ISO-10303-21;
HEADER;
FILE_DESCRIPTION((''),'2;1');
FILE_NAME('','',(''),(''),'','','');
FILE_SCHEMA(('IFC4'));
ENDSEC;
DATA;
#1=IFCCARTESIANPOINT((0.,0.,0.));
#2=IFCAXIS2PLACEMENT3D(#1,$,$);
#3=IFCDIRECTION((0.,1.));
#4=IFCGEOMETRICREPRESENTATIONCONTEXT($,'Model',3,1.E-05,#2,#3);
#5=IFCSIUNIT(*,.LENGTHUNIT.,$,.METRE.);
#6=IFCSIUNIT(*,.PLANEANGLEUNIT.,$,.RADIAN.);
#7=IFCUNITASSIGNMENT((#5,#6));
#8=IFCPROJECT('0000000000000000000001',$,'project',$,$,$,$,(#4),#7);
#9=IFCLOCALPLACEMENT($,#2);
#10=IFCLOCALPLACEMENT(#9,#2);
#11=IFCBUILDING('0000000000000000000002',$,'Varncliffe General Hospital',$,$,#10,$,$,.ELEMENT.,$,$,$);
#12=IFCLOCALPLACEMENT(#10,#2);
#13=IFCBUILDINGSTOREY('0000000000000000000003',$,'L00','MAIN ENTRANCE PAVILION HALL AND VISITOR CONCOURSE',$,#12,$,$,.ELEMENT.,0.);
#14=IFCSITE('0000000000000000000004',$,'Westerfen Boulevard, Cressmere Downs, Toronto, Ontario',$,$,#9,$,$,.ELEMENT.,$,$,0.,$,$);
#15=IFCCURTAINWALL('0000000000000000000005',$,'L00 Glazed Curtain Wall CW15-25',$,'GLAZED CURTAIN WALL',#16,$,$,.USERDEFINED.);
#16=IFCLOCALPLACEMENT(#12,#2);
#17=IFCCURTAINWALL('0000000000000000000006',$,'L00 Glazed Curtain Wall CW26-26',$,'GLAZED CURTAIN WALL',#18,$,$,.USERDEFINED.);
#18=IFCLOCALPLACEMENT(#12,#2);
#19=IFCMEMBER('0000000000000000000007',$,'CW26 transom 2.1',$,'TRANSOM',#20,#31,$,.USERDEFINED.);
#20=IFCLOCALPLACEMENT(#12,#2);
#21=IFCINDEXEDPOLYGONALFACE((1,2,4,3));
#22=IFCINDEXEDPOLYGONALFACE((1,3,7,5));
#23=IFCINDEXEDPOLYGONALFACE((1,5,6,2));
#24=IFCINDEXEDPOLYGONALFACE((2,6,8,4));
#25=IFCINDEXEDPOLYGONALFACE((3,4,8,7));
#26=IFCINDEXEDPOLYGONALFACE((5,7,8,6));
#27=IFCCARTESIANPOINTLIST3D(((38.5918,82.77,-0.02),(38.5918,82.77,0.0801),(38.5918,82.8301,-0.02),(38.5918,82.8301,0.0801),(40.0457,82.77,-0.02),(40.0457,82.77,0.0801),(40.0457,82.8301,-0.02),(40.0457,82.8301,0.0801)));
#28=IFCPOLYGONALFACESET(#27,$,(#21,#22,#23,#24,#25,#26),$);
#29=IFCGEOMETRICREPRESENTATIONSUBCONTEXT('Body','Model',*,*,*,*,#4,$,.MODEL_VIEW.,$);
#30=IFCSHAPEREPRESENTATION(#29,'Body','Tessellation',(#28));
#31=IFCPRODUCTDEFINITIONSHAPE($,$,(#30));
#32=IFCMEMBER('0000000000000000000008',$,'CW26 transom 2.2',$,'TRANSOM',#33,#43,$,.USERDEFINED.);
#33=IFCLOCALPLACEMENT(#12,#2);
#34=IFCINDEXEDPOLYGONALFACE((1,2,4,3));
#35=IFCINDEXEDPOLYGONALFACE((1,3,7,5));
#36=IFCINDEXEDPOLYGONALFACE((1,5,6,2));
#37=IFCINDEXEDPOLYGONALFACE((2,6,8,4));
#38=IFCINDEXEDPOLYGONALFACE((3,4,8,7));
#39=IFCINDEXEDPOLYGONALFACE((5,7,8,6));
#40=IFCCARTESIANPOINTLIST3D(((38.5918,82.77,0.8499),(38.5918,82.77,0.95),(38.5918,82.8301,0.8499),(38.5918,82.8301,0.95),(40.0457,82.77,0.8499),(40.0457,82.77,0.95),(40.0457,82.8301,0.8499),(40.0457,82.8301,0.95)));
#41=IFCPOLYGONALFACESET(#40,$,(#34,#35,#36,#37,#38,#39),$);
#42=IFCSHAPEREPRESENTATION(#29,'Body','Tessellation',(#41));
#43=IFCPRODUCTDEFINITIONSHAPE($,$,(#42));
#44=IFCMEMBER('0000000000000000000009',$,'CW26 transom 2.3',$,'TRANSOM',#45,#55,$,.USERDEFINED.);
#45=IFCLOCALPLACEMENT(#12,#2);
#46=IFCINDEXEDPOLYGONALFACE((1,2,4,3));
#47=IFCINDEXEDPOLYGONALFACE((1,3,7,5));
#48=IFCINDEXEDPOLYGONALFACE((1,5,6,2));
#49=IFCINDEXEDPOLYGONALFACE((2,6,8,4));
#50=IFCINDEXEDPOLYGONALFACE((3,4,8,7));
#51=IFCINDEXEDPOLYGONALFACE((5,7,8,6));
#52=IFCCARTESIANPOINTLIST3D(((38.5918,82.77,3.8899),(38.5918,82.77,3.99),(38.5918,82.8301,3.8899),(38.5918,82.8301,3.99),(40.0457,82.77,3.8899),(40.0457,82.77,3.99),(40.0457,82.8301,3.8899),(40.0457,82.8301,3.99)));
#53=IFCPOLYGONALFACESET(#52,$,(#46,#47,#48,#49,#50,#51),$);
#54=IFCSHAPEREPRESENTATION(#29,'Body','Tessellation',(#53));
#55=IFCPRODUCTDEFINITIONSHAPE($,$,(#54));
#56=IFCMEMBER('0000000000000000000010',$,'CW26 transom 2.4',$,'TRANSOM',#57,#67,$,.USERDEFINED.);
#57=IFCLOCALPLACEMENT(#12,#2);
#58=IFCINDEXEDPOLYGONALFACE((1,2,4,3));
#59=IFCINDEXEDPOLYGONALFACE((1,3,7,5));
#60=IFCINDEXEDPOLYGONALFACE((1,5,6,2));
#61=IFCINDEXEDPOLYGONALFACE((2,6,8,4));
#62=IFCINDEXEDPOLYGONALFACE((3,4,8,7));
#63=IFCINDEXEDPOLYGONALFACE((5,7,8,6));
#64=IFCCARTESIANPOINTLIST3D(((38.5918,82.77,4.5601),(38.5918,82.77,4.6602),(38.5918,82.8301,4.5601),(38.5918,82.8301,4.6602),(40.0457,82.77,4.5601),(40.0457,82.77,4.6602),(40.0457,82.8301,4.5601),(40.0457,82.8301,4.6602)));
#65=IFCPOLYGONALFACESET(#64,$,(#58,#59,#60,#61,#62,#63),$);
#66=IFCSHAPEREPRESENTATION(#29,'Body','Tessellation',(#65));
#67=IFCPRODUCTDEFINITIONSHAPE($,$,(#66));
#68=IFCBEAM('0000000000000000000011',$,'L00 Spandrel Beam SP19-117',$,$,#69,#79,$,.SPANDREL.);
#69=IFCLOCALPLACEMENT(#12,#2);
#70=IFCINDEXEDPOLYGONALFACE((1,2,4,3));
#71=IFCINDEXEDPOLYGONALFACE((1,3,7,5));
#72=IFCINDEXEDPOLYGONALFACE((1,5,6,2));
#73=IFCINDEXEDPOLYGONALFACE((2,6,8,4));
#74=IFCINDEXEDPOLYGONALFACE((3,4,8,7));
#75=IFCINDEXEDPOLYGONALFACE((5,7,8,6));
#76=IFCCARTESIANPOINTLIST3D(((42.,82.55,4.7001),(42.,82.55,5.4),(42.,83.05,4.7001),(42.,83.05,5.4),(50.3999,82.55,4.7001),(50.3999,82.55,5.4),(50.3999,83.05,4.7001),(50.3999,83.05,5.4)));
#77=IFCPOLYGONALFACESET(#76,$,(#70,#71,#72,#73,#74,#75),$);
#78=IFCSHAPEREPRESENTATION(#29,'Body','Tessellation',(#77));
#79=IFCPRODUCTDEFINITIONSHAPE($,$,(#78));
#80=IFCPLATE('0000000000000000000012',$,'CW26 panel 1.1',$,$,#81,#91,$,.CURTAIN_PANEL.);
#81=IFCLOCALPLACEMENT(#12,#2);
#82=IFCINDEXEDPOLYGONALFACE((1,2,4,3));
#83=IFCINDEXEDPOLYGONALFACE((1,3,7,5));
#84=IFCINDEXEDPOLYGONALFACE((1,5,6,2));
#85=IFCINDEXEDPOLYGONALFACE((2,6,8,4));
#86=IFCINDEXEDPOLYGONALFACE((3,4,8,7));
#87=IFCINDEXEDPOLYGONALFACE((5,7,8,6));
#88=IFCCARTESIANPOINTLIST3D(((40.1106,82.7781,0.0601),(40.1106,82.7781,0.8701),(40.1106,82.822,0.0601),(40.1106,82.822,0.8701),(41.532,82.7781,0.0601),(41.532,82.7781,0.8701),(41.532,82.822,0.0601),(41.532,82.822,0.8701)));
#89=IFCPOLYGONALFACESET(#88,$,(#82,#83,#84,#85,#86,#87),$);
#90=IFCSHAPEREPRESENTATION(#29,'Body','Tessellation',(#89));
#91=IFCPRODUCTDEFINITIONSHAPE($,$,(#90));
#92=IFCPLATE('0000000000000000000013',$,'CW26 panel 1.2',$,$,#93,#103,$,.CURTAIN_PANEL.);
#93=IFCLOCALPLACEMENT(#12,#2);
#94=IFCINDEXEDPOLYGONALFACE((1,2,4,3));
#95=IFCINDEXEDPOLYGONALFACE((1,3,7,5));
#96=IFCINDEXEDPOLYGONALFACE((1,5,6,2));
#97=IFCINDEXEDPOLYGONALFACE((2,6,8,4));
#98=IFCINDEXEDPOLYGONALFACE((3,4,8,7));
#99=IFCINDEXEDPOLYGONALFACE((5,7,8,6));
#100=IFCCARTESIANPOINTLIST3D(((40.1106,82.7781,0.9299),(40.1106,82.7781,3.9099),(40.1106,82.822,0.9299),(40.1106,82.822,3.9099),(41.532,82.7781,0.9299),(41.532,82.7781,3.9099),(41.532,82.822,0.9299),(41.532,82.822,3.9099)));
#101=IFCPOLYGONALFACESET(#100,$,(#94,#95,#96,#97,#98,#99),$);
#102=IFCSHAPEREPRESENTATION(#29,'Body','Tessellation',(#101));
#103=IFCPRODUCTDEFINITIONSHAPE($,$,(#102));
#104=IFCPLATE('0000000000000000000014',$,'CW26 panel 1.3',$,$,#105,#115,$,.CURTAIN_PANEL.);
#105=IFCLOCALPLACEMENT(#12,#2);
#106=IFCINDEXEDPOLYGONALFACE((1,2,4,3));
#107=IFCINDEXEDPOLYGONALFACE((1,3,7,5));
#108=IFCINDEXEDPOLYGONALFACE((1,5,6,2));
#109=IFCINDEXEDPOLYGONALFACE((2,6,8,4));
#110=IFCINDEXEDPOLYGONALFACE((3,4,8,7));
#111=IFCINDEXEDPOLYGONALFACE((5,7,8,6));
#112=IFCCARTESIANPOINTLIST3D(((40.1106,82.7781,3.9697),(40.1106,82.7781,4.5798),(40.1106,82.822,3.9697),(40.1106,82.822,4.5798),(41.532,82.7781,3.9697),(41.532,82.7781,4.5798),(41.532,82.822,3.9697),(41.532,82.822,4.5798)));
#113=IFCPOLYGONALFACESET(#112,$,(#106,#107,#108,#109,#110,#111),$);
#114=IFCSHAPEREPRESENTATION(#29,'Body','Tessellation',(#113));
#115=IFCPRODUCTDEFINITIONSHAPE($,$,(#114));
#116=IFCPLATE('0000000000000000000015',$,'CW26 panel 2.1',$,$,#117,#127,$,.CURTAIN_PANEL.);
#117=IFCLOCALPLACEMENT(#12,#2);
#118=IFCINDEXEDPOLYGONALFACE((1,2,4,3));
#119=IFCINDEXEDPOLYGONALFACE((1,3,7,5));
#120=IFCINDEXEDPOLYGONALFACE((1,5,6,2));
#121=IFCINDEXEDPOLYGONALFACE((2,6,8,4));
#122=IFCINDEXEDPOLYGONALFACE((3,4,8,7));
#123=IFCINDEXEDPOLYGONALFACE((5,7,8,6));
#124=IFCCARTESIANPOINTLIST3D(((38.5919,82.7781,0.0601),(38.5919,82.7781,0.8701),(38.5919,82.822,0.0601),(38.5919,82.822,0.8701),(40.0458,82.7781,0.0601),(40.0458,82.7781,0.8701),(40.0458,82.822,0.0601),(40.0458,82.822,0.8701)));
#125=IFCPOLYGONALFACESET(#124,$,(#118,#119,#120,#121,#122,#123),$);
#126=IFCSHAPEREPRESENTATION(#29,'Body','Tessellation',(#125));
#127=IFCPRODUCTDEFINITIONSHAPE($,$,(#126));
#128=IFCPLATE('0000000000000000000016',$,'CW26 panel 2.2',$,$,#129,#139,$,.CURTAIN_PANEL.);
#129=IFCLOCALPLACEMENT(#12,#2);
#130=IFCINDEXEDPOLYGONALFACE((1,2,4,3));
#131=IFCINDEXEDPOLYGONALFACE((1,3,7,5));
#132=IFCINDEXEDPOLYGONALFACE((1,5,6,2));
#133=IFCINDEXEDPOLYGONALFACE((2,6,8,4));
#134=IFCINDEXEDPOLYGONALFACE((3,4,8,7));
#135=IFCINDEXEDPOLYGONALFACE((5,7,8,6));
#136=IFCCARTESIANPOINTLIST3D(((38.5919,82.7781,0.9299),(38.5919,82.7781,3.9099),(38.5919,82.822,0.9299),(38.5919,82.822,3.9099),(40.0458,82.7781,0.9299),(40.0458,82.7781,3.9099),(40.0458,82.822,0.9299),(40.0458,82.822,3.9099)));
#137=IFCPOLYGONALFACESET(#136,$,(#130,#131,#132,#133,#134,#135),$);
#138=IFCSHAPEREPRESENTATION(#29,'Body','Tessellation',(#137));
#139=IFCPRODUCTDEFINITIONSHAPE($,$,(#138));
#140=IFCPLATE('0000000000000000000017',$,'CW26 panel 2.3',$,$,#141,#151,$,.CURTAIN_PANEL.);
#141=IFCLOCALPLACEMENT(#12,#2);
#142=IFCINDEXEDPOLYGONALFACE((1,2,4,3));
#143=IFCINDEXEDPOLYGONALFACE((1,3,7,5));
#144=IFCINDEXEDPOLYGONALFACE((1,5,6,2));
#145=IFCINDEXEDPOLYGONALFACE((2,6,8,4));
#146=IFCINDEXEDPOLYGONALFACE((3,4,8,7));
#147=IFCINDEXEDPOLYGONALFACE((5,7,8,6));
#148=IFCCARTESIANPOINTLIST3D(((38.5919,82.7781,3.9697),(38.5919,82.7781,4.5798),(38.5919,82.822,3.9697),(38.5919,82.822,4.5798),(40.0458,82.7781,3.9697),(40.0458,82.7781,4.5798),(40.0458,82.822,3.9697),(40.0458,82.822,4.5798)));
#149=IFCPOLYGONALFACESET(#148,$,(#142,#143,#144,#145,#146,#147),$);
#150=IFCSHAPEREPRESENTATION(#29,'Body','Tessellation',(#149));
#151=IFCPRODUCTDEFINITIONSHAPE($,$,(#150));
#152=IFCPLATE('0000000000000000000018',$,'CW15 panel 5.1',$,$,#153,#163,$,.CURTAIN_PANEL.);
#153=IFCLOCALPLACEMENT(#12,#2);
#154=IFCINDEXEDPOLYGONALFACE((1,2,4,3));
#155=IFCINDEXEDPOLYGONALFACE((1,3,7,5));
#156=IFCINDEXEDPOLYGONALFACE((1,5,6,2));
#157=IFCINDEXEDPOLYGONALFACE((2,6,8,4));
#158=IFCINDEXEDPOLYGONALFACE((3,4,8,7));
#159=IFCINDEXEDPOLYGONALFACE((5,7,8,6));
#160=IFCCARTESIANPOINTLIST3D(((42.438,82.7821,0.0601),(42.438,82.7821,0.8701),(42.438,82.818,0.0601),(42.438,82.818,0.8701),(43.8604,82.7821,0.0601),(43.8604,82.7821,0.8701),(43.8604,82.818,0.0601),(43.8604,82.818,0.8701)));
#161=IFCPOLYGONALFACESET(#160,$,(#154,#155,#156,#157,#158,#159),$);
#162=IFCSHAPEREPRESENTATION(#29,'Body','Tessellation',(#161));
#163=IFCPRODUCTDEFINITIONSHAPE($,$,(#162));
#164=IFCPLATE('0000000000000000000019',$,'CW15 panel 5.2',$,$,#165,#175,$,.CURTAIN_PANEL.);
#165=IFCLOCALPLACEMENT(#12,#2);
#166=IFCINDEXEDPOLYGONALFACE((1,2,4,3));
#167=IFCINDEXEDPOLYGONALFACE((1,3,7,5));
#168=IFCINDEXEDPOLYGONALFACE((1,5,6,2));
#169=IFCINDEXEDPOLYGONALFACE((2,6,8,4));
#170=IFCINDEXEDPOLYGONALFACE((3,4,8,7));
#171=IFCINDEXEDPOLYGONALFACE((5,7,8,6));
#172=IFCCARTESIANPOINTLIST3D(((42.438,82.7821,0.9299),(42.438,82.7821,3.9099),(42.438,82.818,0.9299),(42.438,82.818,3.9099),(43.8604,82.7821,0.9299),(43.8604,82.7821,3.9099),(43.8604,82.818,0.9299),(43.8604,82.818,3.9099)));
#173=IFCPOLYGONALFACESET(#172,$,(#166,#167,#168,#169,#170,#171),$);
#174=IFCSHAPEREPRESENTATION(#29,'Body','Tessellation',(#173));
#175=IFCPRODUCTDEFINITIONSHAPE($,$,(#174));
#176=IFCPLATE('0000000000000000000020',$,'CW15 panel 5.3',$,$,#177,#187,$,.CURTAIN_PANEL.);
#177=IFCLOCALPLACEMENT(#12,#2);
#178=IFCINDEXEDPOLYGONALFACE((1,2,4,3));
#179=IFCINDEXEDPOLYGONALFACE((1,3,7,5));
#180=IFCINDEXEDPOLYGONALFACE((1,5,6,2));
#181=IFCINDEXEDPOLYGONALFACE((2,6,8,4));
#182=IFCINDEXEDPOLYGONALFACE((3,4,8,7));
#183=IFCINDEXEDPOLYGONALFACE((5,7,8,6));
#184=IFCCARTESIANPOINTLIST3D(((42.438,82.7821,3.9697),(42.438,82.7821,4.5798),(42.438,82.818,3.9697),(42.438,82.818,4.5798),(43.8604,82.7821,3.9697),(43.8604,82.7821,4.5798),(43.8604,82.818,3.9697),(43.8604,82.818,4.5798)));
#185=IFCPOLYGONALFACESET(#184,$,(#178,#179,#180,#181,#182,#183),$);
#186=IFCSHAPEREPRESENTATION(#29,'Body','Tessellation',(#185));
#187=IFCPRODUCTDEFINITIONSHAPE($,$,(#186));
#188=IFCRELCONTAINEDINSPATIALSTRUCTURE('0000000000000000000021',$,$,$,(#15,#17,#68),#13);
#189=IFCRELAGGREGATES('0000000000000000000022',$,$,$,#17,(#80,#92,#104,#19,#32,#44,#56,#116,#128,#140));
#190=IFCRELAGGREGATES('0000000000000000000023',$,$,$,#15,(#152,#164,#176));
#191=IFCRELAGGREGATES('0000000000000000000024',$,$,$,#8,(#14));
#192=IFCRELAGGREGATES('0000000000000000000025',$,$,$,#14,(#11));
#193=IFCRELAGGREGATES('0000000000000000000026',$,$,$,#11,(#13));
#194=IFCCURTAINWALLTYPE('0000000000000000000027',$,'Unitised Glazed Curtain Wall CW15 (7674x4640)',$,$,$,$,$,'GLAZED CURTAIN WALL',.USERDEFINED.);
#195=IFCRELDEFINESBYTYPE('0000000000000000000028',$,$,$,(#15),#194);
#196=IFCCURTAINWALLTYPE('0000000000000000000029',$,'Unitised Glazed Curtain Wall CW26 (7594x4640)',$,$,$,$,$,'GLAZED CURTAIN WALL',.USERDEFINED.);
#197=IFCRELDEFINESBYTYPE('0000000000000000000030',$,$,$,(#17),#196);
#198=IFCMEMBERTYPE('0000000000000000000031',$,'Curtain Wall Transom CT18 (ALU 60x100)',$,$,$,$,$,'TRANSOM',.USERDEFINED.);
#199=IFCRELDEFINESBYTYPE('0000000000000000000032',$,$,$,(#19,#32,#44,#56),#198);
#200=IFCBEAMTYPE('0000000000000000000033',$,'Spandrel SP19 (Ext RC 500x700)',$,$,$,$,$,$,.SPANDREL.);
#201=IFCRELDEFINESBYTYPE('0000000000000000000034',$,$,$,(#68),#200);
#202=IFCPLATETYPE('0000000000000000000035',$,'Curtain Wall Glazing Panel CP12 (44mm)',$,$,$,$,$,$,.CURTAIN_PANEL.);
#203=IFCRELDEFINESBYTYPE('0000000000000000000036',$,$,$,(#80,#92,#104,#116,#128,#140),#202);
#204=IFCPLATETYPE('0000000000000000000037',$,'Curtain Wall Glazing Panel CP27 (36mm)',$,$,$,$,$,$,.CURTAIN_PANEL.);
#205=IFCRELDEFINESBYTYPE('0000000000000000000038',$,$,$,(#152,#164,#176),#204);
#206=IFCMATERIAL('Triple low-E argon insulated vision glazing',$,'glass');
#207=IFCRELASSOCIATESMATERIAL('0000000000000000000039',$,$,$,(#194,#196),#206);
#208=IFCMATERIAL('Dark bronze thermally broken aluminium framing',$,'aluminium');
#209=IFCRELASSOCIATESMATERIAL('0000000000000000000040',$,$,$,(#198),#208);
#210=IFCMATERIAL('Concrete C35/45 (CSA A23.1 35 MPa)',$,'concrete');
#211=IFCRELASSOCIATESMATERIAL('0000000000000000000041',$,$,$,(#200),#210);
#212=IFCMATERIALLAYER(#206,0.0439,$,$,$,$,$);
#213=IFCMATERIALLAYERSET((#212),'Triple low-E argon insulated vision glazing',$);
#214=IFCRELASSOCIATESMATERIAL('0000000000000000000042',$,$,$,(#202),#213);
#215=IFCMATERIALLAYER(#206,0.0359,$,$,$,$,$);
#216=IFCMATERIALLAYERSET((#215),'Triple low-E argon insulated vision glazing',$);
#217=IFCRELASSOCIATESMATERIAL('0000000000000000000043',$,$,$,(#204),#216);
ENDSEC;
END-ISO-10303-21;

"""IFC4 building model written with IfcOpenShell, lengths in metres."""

from ifc_helpers import new_model, si_unit, direction, frame, origin, origin_2d, place, context, subcontext, project, spatial, rectangle, extrude, material, layer, layer_set, material_profile, profile_set, type_object, element, aggregate, save


model = new_model("IFC4")

# Units and contexts
model_context = context("Model", 3, precision=1e-05, world=origin(), true_north=direction((0.0, 1.0)))
body_context = subcontext(model_context, "Body", "Model", "MODEL_VIEW")
ifc_project = project(units=[si_unit("LENGTHUNIT", "METRE"), si_unit("PLANEANGLEUNIT", "RADIAN")], contexts=[model_context])

# Site, building, storey
site_placement = place(None, origin())
site = spatial("IfcSite", under=ifc_project, at=site_placement, Name="Westerfen Boulevard, Cressmere Downs, Toronto, Ontario", CompositionType="ELEMENT", RefElevation=0.0)
building_placement = place(site_placement, origin())
building = spatial("IfcBuilding", under=site, at=building_placement, Name="Varncliffe General Hospital", CompositionType="ELEMENT")
storey_placement = place(building_placement, origin())
storey = spatial("IfcBuildingStorey", under=building, at=storey_placement, Name="L00", Description="MAIN ENTRANCE PAVILION HALL AND VISITOR CONCOURSE", CompositionType="ELEMENT", Elevation=0.0)

# Shared definitions
ifc_material_1 = material(Name="Concrete C35/45 (CSA A23.1 35 MPa)", Category="concrete")

# Curtain walls
ifc_material_2 = material(Name="Triple low-E argon insulated vision glazing", Category="glass")
curtain_wall_type_1 = type_object("IfcCurtainWallType", Name="Unitised Glazed Curtain Wall CW15 (7674x4640)", ElementType="GLAZED CURTAIN WALL", PredefinedType="USERDEFINED", material=ifc_material_2)
curtain_wall_1_placement = place(storey_placement, origin())
curtain_wall_1 = element("IfcCurtainWall", 1, at=curtain_wall_1_placement, inside=storey, type_object=curtain_wall_type_1, Name="L00 Glazed Curtain Wall CW15-25", ObjectType="GLAZED CURTAIN WALL", PredefinedType="USERDEFINED")
ifc_material_3 = material(Name="Dark bronze thermally broken aluminium framing", Category="aluminium")
curtain_wall_type_2 = type_object("IfcCurtainWallType", Name="Unitised Glazed Curtain Wall CW26 (7594x4640)", ElementType="GLAZED CURTAIN WALL", PredefinedType="USERDEFINED", material=ifc_material_2)
curtain_wall_2_placement = place(storey_placement, origin())
curtain_wall_2 = element("IfcCurtainWall", 2, at=curtain_wall_2_placement, inside=storey, type_object=curtain_wall_type_2, Name="L00 Glazed Curtain Wall CW26-26", ObjectType="GLAZED CURTAIN WALL", PredefinedType="USERDEFINED")

# Members
ifc_material_profile_1 = material_profile(ifc_material_3, rectangle(XDim=0.0601, YDim=0.1001, at=origin_2d()), Name="ALU 60x100")
ifc_profile_set_1 = profile_set([ifc_material_profile_1], Name="Dark bronze thermally broken aluminium framing")
member_type_1 = type_object("IfcMemberType", Name="Curtain Wall Transom CT18 (ALU 60x100)", ElementType="TRANSOM", PredefinedType="USERDEFINED", material=ifc_profile_set_1)
member_1_placement = place(storey_placement, frame((40.0457, 82.8, 0.03), z_axis=(-1.0, 0.0, 0.0), x_axis=(0.0, -1.0, 0.0)))
member_1 = element("IfcMember", 3, at=member_1_placement, type_object=member_type_1, Name="CW26 transom 2.1", ObjectType="TRANSOM", PredefinedType="USERDEFINED", context=body_context, shape_type="SweptSolid", body=[
    extrude(rectangle(XDim=0.0601, YDim=0.1001, at=origin_2d()), origin(), (0.0, 0.0, 1.0), 1.4539),
])
member_2_placement = place(storey_placement, frame((40.0457, 82.8, 0.8999), z_axis=(-1.0, 0.0, 0.0), x_axis=(0.0, -1.0, 0.0)))
member_2 = element("IfcMember", 4, at=member_2_placement, type_object=member_type_1, Name="CW26 transom 2.2", ObjectType="TRANSOM", PredefinedType="USERDEFINED", context=body_context, shape_type="SweptSolid", body=[
    extrude(rectangle(XDim=0.0601, YDim=0.1001, at=origin_2d()), origin(), (0.0, 0.0, 1.0), 1.4539),
])
member_3_placement = place(storey_placement, frame((40.0457, 82.8, 3.9399), z_axis=(-1.0, 0.0, 0.0), x_axis=(0.0, -1.0, 0.0)))
member_3 = element("IfcMember", 5, at=member_3_placement, type_object=member_type_1, Name="CW26 transom 2.3", ObjectType="TRANSOM", PredefinedType="USERDEFINED", context=body_context, shape_type="SweptSolid", body=[
    extrude(rectangle(XDim=0.0601, YDim=0.1001, at=origin_2d()), origin(), (0.0, 0.0, 1.0), 1.4539),
])
member_4_placement = place(storey_placement, frame((40.0457, 82.8, 4.6101), z_axis=(-1.0, 0.0, 0.0), x_axis=(0.0, -1.0, 0.0)))
member_4 = element("IfcMember", 6, at=member_4_placement, type_object=member_type_1, Name="CW26 transom 2.4", ObjectType="TRANSOM", PredefinedType="USERDEFINED", context=body_context, shape_type="SweptSolid", body=[
    extrude(rectangle(XDim=0.0601, YDim=0.1001, at=origin_2d()), origin(), (0.0, 0.0, 1.0), 1.4539),
])

# Beam
ifc_material_profile_2 = material_profile(ifc_material_1, rectangle(XDim=0.5, YDim=0.7, at=origin_2d()), Name="RC 500x700")
ifc_profile_set_2 = profile_set([ifc_material_profile_2], Name="Concrete C35/45 (CSA A23.1 35 MPa)")
beam_type_1 = type_object("IfcBeamType", Name="Spandrel SP19 (Ext RC 500x700)", PredefinedType="SPANDREL", material=ifc_profile_set_2)
beam_1_placement = place(storey_placement, frame((42.0, 82.8, 5.05), z_axis=(1.0, 0.0, 0.0), x_axis=(0.0, 1.0, 0.0)))
element("IfcBeam", 7, at=beam_1_placement, inside=storey, type_object=beam_type_1, Name="L00 Spandrel Beam SP19-117", PredefinedType="SPANDREL", context=body_context, shape_type="SweptSolid", body=[
    extrude(rectangle(XDim=0.5, YDim=0.7, at=origin_2d()), origin(), (0.0, 0.0, 1.0), 8.3999),
])

# Plates
ifc_layer_1 = layer(ifc_material_2, 0.0439)
ifc_layer_set_1 = layer_set([ifc_layer_1], Name="Triple low-E argon insulated vision glazing")
plate_type_1 = type_object("IfcPlateType", Name="Curtain Wall Glazing Panel CP12 (44mm)", PredefinedType="CURTAIN_PANEL", material=ifc_layer_set_1)
plate_1_placement = place(storey_placement, frame((40.8213, 82.8, 0.0601), z_axis=(0.0, 0.0, 1.0), x_axis=(-1.0, 0.0, 0.0)))
plate_1 = element("IfcPlate", 8, at=plate_1_placement, type_object=plate_type_1, Name="CW26 panel 1.1", PredefinedType="CURTAIN_PANEL", context=body_context, shape_type="SweptSolid", body=[
    extrude(rectangle(XDim=1.4214, YDim=0.0439, at=origin_2d()), origin(), (0.0, 0.0, 1.0), 0.8101),
])
plate_2_placement = place(storey_placement, frame((40.8213, 82.8, 0.9299), z_axis=(0.0, 0.0, 1.0), x_axis=(-1.0, 0.0, 0.0)))
plate_2 = element("IfcPlate", 9, at=plate_2_placement, type_object=plate_type_1, Name="CW26 panel 1.2", PredefinedType="CURTAIN_PANEL", context=body_context, shape_type="SweptSolid", body=[
    extrude(rectangle(XDim=1.4214, YDim=0.0439, at=origin_2d()), origin(), (0.0, 0.0, 1.0), 2.98),
])
plate_3_placement = place(storey_placement, frame((40.8213, 82.8, 3.9697), z_axis=(0.0, 0.0, 1.0), x_axis=(-1.0, 0.0, 0.0)))
plate_3 = element("IfcPlate", 10, at=plate_3_placement, type_object=plate_type_1, Name="CW26 panel 1.3", PredefinedType="CURTAIN_PANEL", context=body_context, shape_type="SweptSolid", body=[
    extrude(rectangle(XDim=1.4214, YDim=0.0439, at=origin_2d()), origin(), (0.0, 0.0, 1.0), 0.6101),
])
plate_4_placement = place(storey_placement, frame((39.3188, 82.8, 0.0601), z_axis=(0.0, 0.0, 1.0), x_axis=(-1.0, 0.0, 0.0)))
plate_4 = element("IfcPlate", 11, at=plate_4_placement, type_object=plate_type_1, Name="CW26 panel 2.1", PredefinedType="CURTAIN_PANEL", context=body_context, shape_type="SweptSolid", body=[
    extrude(rectangle(XDim=1.4539, YDim=0.0439, at=origin_2d()), origin(), (0.0, 0.0, 1.0), 0.8101),
])
plate_5_placement = place(storey_placement, frame((39.3188, 82.8, 0.9299), z_axis=(0.0, 0.0, 1.0), x_axis=(-1.0, 0.0, 0.0)))
plate_5 = element("IfcPlate", 12, at=plate_5_placement, type_object=plate_type_1, Name="CW26 panel 2.2", PredefinedType="CURTAIN_PANEL", context=body_context, shape_type="SweptSolid", body=[
    extrude(rectangle(XDim=1.4539, YDim=0.0439, at=origin_2d()), origin(), (0.0, 0.0, 1.0), 2.98),
])
plate_6_placement = place(storey_placement, frame((39.3188, 82.8, 3.9697), z_axis=(0.0, 0.0, 1.0), x_axis=(-1.0, 0.0, 0.0)))
plate_6 = element("IfcPlate", 13, at=plate_6_placement, type_object=plate_type_1, Name="CW26 panel 2.3", PredefinedType="CURTAIN_PANEL", context=body_context, shape_type="SweptSolid", body=[
    extrude(rectangle(XDim=1.4539, YDim=0.0439, at=origin_2d()), origin(), (0.0, 0.0, 1.0), 0.6101),
])
aggregate(curtain_wall_2, [plate_1, plate_2, plate_3, member_1, member_2, member_3, member_4, plate_4, plate_5, plate_6])
ifc_layer_2 = layer(ifc_material_2, 0.0359)
ifc_layer_set_2 = layer_set([ifc_layer_2], Name="Triple low-E argon insulated vision glazing")
plate_type_2 = type_object("IfcPlateType", Name="Curtain Wall Glazing Panel CP27 (36mm)", PredefinedType="CURTAIN_PANEL", material=ifc_layer_set_2)
plate_7_placement = place(storey_placement, frame((43.1492, 82.8, 0.0601), z_axis=(0.0, 0.0, 1.0), x_axis=(-1.0, 0.0, 0.0)))
plate_7 = element("IfcPlate", 14, at=plate_7_placement, type_object=plate_type_2, Name="CW15 panel 5.1", PredefinedType="CURTAIN_PANEL", context=body_context, shape_type="SweptSolid", body=[
    extrude(rectangle(XDim=1.4224, YDim=0.0359, at=origin_2d()), origin(), (0.0, 0.0, 1.0), 0.8101),
])
plate_8_placement = place(storey_placement, frame((43.1492, 82.8, 0.9299), z_axis=(0.0, 0.0, 1.0), x_axis=(-1.0, 0.0, 0.0)))
plate_8 = element("IfcPlate", 15, at=plate_8_placement, type_object=plate_type_2, Name="CW15 panel 5.2", PredefinedType="CURTAIN_PANEL", context=body_context, shape_type="SweptSolid", body=[
    extrude(rectangle(XDim=1.4224, YDim=0.0359, at=origin_2d()), origin(), (0.0, 0.0, 1.0), 2.98),
])
plate_9_placement = place(storey_placement, frame((43.1492, 82.8, 3.9697), z_axis=(0.0, 0.0, 1.0), x_axis=(-1.0, 0.0, 0.0)))
plate_9 = element("IfcPlate", 16, at=plate_9_placement, type_object=plate_type_2, Name="CW15 panel 5.3", PredefinedType="CURTAIN_PANEL", context=body_context, shape_type="SweptSolid", body=[
    extrude(rectangle(XDim=1.4224, YDim=0.0359, at=origin_2d()), origin(), (0.0, 0.0, 1.0), 0.6101),
])
aggregate(curtain_wall_1, [plate_7, plate_8, plate_9])

save(model, "model.ifc")
